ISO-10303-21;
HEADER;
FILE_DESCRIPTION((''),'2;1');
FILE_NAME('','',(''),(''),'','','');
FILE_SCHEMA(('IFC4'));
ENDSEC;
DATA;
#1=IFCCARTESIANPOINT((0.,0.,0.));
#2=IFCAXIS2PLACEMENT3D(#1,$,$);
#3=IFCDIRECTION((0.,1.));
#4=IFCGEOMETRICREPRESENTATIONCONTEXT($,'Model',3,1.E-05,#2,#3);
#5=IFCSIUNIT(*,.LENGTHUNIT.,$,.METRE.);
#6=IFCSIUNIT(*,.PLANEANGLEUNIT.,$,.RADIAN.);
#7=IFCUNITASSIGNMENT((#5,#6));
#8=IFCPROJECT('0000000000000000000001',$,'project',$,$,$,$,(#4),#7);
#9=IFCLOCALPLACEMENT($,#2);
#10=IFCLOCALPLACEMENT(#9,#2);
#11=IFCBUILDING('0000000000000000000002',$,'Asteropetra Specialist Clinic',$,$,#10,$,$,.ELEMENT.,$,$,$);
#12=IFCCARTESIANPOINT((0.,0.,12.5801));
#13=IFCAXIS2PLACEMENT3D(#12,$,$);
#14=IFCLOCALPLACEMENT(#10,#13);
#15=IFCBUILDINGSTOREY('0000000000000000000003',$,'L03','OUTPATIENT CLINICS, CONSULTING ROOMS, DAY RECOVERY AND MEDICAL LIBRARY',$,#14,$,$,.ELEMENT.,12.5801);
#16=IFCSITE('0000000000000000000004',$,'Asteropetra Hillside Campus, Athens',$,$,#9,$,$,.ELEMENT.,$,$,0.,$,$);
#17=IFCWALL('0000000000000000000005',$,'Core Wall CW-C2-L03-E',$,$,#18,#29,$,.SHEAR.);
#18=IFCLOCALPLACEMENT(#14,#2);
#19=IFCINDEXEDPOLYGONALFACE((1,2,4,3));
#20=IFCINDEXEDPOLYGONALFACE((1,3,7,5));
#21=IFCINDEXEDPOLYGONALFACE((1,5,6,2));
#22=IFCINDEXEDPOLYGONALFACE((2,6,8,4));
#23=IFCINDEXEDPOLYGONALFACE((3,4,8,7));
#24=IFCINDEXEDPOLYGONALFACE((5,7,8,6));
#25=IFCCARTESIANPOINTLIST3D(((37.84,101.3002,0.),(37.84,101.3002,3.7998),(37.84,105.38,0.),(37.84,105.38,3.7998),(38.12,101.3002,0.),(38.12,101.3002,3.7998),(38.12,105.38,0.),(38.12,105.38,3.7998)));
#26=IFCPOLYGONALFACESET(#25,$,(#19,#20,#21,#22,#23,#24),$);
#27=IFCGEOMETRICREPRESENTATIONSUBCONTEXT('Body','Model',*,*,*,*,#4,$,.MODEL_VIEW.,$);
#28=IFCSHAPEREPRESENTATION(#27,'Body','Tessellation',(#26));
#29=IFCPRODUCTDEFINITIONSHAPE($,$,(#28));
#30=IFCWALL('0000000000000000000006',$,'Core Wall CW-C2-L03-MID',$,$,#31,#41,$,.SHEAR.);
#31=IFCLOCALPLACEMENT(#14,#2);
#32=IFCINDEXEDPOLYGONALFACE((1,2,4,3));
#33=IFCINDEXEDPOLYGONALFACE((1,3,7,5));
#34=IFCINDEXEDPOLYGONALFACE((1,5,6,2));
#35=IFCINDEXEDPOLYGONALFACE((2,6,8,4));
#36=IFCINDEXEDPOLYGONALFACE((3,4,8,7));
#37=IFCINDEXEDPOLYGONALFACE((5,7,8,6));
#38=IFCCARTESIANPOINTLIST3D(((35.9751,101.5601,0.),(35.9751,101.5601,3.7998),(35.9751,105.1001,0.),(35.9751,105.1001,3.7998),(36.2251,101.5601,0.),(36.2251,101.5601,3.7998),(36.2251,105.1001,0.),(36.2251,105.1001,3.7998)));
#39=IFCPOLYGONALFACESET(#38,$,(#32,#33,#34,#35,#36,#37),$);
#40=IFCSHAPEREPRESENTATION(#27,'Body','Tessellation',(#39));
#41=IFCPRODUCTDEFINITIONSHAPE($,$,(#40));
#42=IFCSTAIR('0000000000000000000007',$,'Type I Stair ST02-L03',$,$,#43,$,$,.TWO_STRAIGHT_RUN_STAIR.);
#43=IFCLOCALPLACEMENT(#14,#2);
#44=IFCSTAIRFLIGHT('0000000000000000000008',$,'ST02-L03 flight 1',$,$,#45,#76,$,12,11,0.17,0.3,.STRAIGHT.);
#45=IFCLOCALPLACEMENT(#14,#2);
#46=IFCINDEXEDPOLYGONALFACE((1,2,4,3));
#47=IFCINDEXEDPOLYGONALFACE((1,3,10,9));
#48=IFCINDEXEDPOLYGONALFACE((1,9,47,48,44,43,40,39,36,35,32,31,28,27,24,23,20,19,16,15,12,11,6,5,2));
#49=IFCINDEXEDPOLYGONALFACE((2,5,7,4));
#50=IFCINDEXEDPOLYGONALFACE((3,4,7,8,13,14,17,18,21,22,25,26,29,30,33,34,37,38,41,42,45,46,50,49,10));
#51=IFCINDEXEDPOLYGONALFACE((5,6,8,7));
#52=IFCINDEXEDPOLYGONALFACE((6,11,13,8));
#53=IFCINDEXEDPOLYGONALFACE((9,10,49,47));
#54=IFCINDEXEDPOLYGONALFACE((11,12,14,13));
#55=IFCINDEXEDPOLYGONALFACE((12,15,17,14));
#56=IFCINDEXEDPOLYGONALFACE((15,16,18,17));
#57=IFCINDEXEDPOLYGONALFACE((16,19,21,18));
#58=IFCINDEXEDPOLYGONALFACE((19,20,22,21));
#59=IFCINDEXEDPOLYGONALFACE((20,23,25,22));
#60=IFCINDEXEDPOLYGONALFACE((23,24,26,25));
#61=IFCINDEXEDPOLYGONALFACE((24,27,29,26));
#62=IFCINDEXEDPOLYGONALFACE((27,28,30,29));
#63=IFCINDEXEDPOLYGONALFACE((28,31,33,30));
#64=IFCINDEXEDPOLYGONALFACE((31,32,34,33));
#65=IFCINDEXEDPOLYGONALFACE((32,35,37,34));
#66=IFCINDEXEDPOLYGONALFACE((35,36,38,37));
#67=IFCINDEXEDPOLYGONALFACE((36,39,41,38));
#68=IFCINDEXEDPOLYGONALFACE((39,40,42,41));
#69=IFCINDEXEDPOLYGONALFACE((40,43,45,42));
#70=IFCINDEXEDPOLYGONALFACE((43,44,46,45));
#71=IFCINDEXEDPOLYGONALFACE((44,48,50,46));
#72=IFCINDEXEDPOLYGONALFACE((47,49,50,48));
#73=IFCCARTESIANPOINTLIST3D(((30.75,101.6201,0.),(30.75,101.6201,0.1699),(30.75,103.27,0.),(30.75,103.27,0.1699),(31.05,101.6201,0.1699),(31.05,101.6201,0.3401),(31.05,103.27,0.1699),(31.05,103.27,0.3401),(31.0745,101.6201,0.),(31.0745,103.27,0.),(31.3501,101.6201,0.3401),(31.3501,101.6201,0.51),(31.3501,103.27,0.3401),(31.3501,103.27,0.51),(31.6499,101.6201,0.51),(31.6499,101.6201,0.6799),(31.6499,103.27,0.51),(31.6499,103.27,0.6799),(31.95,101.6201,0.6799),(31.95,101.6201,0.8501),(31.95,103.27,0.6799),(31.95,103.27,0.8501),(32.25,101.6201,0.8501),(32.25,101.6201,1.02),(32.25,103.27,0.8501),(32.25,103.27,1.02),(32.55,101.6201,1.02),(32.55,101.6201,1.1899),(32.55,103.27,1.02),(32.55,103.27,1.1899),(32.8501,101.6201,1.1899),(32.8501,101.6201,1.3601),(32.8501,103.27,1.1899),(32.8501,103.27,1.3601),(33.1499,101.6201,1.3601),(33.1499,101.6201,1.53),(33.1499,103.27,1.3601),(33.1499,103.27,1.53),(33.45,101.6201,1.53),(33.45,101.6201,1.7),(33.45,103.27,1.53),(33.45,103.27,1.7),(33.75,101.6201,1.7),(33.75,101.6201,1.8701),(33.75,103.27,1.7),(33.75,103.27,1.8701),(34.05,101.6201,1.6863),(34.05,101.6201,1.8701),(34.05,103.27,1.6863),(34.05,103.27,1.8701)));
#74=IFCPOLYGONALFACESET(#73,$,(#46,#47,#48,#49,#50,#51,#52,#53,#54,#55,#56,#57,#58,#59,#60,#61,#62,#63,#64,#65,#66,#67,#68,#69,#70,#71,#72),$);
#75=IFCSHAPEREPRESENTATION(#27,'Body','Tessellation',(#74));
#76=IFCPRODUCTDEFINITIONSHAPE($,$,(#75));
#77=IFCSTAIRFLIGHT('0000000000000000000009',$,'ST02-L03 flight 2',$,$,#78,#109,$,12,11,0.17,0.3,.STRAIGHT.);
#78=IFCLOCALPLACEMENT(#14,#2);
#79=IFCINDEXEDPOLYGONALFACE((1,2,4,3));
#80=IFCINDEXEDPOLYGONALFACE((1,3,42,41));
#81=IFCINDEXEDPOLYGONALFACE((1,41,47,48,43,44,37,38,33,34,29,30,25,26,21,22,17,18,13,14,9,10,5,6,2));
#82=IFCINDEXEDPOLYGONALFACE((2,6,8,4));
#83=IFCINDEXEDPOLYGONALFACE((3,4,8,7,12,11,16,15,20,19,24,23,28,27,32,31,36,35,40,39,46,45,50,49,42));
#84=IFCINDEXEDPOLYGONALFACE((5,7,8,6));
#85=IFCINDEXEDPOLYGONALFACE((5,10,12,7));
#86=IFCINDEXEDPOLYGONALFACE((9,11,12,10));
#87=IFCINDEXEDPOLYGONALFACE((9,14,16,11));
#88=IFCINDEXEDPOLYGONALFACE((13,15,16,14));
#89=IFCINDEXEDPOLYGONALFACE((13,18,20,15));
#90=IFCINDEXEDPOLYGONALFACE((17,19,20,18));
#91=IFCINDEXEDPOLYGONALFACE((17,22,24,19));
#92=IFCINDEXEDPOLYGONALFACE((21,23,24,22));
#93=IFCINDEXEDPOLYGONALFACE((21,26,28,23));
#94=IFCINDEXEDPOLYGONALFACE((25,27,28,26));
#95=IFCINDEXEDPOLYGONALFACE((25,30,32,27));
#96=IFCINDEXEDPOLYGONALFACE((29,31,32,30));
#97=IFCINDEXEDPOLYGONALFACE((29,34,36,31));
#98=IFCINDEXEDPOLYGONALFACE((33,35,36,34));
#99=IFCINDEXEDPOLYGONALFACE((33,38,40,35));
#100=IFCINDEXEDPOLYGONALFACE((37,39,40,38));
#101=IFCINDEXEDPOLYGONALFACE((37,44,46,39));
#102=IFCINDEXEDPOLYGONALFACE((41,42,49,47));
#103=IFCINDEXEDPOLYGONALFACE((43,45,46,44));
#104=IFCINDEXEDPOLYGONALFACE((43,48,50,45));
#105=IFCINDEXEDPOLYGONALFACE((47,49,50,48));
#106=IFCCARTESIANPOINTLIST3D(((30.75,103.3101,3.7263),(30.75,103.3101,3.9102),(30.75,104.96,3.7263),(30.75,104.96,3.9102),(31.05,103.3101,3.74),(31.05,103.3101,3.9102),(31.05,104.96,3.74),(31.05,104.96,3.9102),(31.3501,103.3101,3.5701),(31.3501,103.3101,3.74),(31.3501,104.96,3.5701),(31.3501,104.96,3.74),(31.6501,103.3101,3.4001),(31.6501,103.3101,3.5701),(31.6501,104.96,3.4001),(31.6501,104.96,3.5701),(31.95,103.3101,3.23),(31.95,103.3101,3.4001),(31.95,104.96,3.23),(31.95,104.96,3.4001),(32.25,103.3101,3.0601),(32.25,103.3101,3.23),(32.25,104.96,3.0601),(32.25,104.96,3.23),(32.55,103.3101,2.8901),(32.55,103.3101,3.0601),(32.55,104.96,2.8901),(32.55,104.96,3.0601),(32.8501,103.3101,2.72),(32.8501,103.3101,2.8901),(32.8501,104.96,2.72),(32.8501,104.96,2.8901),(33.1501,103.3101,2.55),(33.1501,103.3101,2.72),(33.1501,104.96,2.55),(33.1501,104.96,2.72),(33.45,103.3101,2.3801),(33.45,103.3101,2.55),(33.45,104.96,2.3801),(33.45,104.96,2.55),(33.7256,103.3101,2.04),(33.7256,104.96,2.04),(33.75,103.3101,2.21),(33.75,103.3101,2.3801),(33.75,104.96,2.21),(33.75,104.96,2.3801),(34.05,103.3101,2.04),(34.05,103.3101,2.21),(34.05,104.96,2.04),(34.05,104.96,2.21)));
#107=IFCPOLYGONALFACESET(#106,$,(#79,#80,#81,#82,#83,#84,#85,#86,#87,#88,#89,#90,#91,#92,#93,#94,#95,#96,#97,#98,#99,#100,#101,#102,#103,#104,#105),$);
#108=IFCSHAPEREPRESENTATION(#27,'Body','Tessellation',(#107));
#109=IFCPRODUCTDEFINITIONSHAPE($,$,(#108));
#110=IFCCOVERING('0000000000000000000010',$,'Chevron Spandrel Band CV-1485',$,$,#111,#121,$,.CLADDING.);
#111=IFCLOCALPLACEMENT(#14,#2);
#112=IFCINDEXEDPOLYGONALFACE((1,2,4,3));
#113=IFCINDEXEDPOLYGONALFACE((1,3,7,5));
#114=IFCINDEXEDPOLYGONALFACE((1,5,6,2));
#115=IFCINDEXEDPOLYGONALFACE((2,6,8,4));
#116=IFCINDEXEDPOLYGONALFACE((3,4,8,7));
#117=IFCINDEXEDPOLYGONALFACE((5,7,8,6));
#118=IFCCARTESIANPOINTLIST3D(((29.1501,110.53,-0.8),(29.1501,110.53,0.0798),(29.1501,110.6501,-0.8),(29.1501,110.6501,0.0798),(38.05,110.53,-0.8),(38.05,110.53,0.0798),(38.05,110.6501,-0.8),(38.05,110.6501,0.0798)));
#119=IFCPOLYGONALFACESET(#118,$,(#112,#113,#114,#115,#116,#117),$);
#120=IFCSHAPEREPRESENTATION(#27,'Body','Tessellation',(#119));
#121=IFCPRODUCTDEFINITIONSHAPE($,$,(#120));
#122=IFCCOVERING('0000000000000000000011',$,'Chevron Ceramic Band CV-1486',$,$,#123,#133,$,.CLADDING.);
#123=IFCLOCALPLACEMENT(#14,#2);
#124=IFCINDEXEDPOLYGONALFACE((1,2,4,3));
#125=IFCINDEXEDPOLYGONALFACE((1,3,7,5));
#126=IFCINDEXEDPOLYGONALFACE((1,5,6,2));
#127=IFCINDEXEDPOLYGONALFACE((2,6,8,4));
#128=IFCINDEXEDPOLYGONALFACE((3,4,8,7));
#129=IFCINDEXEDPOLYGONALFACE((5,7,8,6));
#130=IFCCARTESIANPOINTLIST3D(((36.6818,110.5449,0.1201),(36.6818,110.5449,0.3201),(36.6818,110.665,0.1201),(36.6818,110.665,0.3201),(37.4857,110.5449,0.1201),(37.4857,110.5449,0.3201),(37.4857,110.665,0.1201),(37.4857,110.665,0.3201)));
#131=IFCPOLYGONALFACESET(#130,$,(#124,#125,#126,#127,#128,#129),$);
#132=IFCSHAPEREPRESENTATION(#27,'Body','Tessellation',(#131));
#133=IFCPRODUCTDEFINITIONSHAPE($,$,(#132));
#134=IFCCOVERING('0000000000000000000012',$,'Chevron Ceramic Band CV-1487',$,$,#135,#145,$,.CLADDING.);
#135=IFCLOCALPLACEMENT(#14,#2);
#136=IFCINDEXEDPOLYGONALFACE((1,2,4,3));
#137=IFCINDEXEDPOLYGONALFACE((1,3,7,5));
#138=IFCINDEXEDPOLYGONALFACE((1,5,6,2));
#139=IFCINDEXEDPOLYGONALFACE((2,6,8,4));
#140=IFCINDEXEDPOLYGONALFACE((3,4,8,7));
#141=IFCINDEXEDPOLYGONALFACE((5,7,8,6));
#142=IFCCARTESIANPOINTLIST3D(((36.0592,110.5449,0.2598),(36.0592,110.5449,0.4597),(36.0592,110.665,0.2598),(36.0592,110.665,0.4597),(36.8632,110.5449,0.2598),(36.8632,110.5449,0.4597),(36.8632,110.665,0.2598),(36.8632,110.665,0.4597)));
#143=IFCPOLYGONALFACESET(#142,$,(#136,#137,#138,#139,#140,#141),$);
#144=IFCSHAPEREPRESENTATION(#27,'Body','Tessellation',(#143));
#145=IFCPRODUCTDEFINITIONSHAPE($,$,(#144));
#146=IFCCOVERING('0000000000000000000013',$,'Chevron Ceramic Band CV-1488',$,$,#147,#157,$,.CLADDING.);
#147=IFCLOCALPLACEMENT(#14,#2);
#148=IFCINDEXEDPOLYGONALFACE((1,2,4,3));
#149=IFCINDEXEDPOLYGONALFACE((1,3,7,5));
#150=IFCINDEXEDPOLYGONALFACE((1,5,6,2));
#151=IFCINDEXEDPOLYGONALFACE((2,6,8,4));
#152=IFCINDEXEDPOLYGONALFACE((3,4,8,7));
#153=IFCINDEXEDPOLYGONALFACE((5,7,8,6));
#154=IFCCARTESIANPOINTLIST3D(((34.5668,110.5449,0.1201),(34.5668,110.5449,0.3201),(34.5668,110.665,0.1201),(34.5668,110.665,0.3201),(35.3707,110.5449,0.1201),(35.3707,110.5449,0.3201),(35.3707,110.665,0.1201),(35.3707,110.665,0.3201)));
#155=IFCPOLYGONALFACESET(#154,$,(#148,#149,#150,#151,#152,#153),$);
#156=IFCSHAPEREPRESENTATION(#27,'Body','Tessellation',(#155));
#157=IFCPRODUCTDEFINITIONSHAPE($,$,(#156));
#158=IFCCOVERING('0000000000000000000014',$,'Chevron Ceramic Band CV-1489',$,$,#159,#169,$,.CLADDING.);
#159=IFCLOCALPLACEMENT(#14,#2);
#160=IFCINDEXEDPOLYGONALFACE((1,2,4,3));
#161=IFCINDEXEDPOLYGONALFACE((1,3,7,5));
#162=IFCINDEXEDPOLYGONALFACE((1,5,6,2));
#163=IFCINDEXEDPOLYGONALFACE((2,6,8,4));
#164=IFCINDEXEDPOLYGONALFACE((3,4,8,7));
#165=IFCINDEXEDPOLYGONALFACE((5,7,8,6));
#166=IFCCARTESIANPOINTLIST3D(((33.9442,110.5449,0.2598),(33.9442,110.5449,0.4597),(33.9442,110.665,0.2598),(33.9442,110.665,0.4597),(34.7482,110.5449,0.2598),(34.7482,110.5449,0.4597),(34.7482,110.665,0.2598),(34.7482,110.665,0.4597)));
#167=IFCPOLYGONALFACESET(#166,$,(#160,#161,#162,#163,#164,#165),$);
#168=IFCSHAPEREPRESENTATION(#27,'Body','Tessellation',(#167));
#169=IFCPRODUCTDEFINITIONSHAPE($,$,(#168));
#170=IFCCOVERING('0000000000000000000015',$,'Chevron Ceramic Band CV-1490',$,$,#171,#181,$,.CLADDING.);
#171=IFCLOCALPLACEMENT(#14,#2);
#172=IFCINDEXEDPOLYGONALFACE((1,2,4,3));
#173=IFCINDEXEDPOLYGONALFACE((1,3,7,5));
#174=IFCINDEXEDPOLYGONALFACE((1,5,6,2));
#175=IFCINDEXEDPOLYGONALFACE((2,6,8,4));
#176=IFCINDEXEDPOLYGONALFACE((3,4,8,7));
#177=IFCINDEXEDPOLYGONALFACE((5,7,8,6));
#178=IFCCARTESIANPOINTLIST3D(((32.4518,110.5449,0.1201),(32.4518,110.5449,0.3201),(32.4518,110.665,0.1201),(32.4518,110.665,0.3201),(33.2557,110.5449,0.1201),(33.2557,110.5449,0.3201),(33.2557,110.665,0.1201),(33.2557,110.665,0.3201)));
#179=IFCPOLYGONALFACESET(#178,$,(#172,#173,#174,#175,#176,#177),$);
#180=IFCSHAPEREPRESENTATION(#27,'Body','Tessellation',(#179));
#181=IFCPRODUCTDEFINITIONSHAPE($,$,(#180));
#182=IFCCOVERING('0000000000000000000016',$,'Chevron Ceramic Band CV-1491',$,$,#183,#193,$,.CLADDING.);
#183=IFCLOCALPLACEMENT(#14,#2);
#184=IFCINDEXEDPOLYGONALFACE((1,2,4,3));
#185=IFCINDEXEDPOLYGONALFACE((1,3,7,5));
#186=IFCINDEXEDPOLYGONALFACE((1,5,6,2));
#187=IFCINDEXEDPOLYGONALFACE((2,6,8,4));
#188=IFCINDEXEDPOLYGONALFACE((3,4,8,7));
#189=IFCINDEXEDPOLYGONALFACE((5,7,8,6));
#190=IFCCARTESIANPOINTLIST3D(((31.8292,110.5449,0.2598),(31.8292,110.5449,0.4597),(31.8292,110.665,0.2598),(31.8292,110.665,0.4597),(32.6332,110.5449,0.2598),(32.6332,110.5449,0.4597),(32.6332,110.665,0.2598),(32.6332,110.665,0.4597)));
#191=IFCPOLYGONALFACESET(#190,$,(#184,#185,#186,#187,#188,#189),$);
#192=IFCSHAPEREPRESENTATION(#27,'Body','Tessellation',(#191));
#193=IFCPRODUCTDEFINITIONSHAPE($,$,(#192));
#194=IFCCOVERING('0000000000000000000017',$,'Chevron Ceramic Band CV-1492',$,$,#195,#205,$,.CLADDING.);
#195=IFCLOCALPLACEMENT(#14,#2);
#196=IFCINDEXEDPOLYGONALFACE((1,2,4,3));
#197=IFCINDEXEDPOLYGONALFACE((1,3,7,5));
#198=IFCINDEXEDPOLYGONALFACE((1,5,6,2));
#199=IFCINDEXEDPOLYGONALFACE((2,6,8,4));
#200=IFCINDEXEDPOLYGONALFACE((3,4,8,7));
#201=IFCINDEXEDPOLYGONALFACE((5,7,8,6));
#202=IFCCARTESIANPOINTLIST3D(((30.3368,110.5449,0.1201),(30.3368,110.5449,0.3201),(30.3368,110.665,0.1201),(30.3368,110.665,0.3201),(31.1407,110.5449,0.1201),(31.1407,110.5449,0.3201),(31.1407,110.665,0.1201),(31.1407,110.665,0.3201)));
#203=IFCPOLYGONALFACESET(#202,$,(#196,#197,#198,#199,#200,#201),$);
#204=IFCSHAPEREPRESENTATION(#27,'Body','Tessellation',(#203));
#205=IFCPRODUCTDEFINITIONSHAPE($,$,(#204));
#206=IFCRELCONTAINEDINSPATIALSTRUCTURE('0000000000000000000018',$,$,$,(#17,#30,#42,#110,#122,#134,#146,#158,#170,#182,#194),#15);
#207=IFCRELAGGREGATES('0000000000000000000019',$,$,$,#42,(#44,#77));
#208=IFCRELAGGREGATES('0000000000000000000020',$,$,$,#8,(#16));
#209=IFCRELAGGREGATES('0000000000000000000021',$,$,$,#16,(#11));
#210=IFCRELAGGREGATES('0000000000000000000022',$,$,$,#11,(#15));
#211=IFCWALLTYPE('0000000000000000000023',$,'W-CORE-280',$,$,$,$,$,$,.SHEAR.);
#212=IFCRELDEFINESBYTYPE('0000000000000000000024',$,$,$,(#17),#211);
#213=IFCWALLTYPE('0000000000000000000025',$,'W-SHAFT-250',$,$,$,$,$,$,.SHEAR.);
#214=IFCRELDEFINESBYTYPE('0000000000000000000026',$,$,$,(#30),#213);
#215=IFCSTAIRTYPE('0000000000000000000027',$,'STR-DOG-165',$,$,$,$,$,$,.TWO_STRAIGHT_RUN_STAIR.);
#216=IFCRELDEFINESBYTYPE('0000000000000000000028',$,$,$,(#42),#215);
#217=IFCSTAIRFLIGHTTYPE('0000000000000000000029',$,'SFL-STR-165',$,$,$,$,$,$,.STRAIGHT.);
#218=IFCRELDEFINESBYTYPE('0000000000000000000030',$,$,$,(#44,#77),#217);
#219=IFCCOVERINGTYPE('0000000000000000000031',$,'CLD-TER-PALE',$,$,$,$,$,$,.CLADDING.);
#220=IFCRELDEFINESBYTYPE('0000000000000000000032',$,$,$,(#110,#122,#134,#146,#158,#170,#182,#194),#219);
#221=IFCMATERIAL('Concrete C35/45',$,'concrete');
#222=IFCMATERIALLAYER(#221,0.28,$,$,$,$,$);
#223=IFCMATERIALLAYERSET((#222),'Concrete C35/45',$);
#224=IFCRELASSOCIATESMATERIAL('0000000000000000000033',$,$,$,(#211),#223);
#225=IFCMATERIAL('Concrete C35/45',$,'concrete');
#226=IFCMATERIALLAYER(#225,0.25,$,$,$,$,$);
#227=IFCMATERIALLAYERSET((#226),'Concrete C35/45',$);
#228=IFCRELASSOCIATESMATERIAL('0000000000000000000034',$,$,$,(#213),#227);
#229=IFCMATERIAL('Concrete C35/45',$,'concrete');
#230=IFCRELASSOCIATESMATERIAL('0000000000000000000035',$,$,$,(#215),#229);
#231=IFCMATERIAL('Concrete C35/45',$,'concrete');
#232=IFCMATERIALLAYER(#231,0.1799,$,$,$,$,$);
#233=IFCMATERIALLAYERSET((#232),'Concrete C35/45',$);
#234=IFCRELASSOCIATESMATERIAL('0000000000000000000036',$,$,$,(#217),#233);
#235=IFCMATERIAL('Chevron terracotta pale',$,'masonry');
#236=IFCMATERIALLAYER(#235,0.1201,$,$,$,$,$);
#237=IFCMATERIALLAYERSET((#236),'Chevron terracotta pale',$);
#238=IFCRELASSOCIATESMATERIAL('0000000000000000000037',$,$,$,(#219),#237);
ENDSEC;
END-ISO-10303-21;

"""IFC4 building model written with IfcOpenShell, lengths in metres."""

from ifc_helpers import new_model, si_unit, direction, frame, frame_2d, origin, origin_2d, place, context, subcontext, project, spatial, polyline, rectangle, outline, extrude, material, layer, layer_set, type_object, element, aggregate, save


model = new_model("IFC4")

# Units and contexts
model_context = context("Model", 3, precision=1e-05, world=origin(), true_north=direction((0.0, 1.0)))
body_context = subcontext(model_context, "Body", "Model", "MODEL_VIEW")
ifc_project = project(units=[si_unit("LENGTHUNIT", "METRE"), si_unit("PLANEANGLEUNIT", "RADIAN")], contexts=[model_context])

# Site, building, storey
site_placement = place(None, origin())
site = spatial("IfcSite", under=ifc_project, at=site_placement, Name="Asteropetra Hillside Campus, Athens", CompositionType="ELEMENT", RefElevation=0.0)
building_placement = place(site_placement, origin())
building = spatial("IfcBuilding", under=site, at=building_placement, Name="Asteropetra Specialist Clinic", CompositionType="ELEMENT")
storey_placement = place(building_placement, frame((0.0, 0.0, 12.5801)))
storey = spatial("IfcBuildingStorey", under=building, at=storey_placement, Name="L03", Description="OUTPATIENT CLINICS, CONSULTING ROOMS, DAY RECOVERY AND MEDICAL LIBRARY", CompositionType="ELEMENT", Elevation=12.5801)

# Walls
ifc_material_1 = material(Name="Concrete C35/45", Category="concrete")
ifc_layer_1 = layer(ifc_material_1, 0.28)
ifc_layer_set_1 = layer_set([ifc_layer_1], Name="Concrete C35/45")
wall_type_1 = type_object("IfcWallType", Name="W-CORE-280", PredefinedType="SHEAR", material=ifc_layer_set_1)
wall_1_placement = place(storey_placement, frame((37.98, 101.3, 0.0), z_axis=(0.0, 0.0, 1.0), x_axis=(0.0, 1.0, 0.0)))
element("IfcWall", 1, at=wall_1_placement, inside=storey, type_object=wall_type_1, Name="Core Wall CW-C2-L03-E", PredefinedType="SHEAR", context=body_context, shape_type="SweptSolid", body=[
    extrude(rectangle(XDim=4.0798, YDim=0.28, at=frame_2d((2.04, 0.0))), origin(), (0.0, 0.0, 1.0), 3.7998),
])
ifc_material_2 = material(Name="Concrete C35/45", Category="concrete")
ifc_layer_2 = layer(ifc_material_2, 0.25)
ifc_layer_set_2 = layer_set([ifc_layer_2], Name="Concrete C35/45")
wall_type_2 = type_object("IfcWallType", Name="W-SHAFT-250", PredefinedType="SHEAR", material=ifc_layer_set_2)
wall_2_placement = place(storey_placement, frame((36.1001, 101.5601, 0.0), z_axis=(0.0, 0.0, 1.0), x_axis=(0.0, 1.0, 0.0)))
element("IfcWall", 2, at=wall_2_placement, inside=storey, type_object=wall_type_2, Name="Core Wall CW-C2-L03-MID", PredefinedType="SHEAR", context=body_context, shape_type="SweptSolid", body=[
    extrude(rectangle(XDim=3.54, YDim=0.25, at=frame_2d((1.77, 0.0))), origin(), (0.0, 0.0, 1.0), 3.7998),
])

# Stair, stair flights
ifc_material_3 = material(Name="Concrete C35/45", Category="concrete")
stair_type = type_object("IfcStairType", Name="STR-DOG-165", PredefinedType="TWO_STRAIGHT_RUN_STAIR", material=ifc_material_3)
stair_placement = place(storey_placement, origin())
stair = element("IfcStair", 3, at=stair_placement, inside=storey, type_object=stair_type, Name="Type I Stair ST02-L03", PredefinedType="TWO_STRAIGHT_RUN_STAIR")
ifc_material_4 = material(Name="Concrete C35/45", Category="concrete")
ifc_layer_3 = layer(ifc_material_4, 0.1799)
ifc_layer_set_3 = layer_set([ifc_layer_3], Name="Concrete C35/45")
stair_flight_type = type_object("IfcStairFlightType", Name="SFL-STR-165", PredefinedType="STRAIGHT", material=ifc_layer_set_3)
stair_flight_1_placement = place(storey_placement, frame((30.75, 102.4451, 0.0), z_axis=(0.0, 0.0, 1.0), x_axis=(1.0, 0.0, 0.0)))
stair_flight_1 = element("IfcStairFlight", 4, at=stair_flight_1_placement, type_object=stair_flight_type, Name="ST02-L03 flight 1", NumberOfRisers=12, NumberOfTreads=11, PredefinedType="STRAIGHT", RiserHeight=0.17, TreadLength=0.3, context=body_context, shape_type="SweptSolid", body=[
    extrude(outline(polyline([(0.0, 0.0), (0.0, 0.1699), (0.3, 0.1699), (0.3, 0.3401), (0.6001, 0.3401), (0.6001, 0.51), (0.8999, 0.51), (0.8999, 0.6799), (1.2, 0.6799), (1.2, 0.8501), (1.5, 0.8501), (1.5, 1.02), (1.8, 1.02), (1.8, 1.1899), (2.1001, 1.1899), (2.1001, 1.3601), (2.3999, 1.3601), (2.3999, 1.53), (2.7, 1.53), (2.7, 1.7), (3.0, 1.7), (3.0, 1.8701), (3.3, 1.8701), (3.3, 2.04), (3.3, 1.6863), (0.3245, 0.0), (0.0, 0.0)])), frame((0.0, 0.825, 0.0), z_axis=(0.0, -1.0, 0.0), x_axis=(1.0, 0.0, 0.0)), (0.0, 0.0, 1.0), 1.6499),
])
stair_flight_2_placement = place(storey_placement, frame((34.05, 104.135, 2.04), z_axis=(0.0, 0.0, 1.0), x_axis=(-1.0, 0.0, 0.0)))
stair_flight_2 = element("IfcStairFlight", 5, at=stair_flight_2_placement, type_object=stair_flight_type, Name="ST02-L03 flight 2", NumberOfRisers=12, NumberOfTreads=11, PredefinedType="STRAIGHT", RiserHeight=0.17, TreadLength=0.3, context=body_context, shape_type="SweptSolid", body=[
    extrude(outline(polyline([(0.0, 0.0), (0.0, 0.1699), (0.3, 0.1699), (0.3, 0.3401), (0.6001, 0.3401), (0.6001, 0.51), (0.8999, 0.51), (0.8999, 0.6799), (1.2, 0.6799), (1.2, 0.8501), (1.5, 0.8501), (1.5, 1.02), (1.8, 1.02), (1.8, 1.1899), (2.1001, 1.1899), (2.1001, 1.3601), (2.3999, 1.3601), (2.3999, 1.53), (2.7, 1.53), (2.7, 1.7), (3.0, 1.7), (3.0, 1.8701), (3.3, 1.8701), (3.3, 2.04), (3.3, 1.6863), (0.3245, 0.0), (0.0, 0.0)])), frame((0.0, 0.825, 0.0), z_axis=(0.0, -1.0, 0.0), x_axis=(1.0, 0.0, 0.0)), (0.0, 0.0, 1.0), 1.6499),
])
aggregate(stair, [stair_flight_1, stair_flight_2])

# Coverings
ifc_material_5 = material(Name="Chevron terracotta pale", Category="masonry")
ifc_layer_4 = layer(ifc_material_5, 0.1201)
ifc_layer_set_4 = layer_set([ifc_layer_4], Name="Chevron terracotta pale")
covering_type = type_object("IfcCoveringType", Name="CLD-TER-PALE", PredefinedType="CLADDING", material=ifc_layer_set_4)
covering_placement = place(storey_placement, frame((33.6001, 110.5901, -0.8), z_axis=(0.0, 0.0, 1.0), x_axis=(1.0, 0.0, 0.0)))
element("IfcCovering", 6, at=covering_placement, inside=storey, type_object=covering_type, Name="Chevron Spandrel Band CV-1485", PredefinedType="CLADDING", context=body_context, shape_type="SweptSolid", body=[
    extrude(rectangle(XDim=8.8999, YDim=0.1201, at=origin_2d()), origin(), (0.0, 0.0, 1.0), 0.8799),
])
for number, where, z_axis, x_axis, name in (
    (7, (37.0837, 110.605, 0.1201), (0.0, 0.0, 1.0), (1.0, 0.0, 0.0), "Chevron Ceramic Band CV-1486"),
    (8, (36.4612, 110.605, 0.2598), (0.0, 0.0, 1.0), (1.0, 0.0, 0.0), "Chevron Ceramic Band CV-1487"),
    (9, (34.9688, 110.605, 0.1201), (0.0, 0.0, 1.0), (1.0, 0.0, 0.0), "Chevron Ceramic Band CV-1488"),
    (10, (34.3462, 110.605, 0.2598), (0.0, 0.0, 1.0), (1.0, 0.0, 0.0), "Chevron Ceramic Band CV-1489"),
    (11, (32.8538, 110.605, 0.1201), (0.0, 0.0, 1.0), (1.0, 0.0, 0.0), "Chevron Ceramic Band CV-1490"),
    (12, (32.2312, 110.605, 0.2598), (0.0, 0.0, 1.0), (1.0, 0.0, 0.0), "Chevron Ceramic Band CV-1491"),
    (13, (30.7388, 110.605, 0.1201), (0.0, 0.0, 1.0), (1.0, 0.0, 0.0), "Chevron Ceramic Band CV-1492"),
):
    element("IfcCovering", number, at=place(storey_placement, frame(where, z_axis=z_axis, x_axis=x_axis)), inside=storey, type_object=covering_type, Name=name, PredefinedType="CLADDING", context=body_context, shape_type="SweptSolid", body=[
        extrude(rectangle(XDim=0.804, YDim=0.1201, at=origin_2d()), origin(), (0.0, 0.0, 1.0), 0.2),
    ])

save(model, "model.ifc")
